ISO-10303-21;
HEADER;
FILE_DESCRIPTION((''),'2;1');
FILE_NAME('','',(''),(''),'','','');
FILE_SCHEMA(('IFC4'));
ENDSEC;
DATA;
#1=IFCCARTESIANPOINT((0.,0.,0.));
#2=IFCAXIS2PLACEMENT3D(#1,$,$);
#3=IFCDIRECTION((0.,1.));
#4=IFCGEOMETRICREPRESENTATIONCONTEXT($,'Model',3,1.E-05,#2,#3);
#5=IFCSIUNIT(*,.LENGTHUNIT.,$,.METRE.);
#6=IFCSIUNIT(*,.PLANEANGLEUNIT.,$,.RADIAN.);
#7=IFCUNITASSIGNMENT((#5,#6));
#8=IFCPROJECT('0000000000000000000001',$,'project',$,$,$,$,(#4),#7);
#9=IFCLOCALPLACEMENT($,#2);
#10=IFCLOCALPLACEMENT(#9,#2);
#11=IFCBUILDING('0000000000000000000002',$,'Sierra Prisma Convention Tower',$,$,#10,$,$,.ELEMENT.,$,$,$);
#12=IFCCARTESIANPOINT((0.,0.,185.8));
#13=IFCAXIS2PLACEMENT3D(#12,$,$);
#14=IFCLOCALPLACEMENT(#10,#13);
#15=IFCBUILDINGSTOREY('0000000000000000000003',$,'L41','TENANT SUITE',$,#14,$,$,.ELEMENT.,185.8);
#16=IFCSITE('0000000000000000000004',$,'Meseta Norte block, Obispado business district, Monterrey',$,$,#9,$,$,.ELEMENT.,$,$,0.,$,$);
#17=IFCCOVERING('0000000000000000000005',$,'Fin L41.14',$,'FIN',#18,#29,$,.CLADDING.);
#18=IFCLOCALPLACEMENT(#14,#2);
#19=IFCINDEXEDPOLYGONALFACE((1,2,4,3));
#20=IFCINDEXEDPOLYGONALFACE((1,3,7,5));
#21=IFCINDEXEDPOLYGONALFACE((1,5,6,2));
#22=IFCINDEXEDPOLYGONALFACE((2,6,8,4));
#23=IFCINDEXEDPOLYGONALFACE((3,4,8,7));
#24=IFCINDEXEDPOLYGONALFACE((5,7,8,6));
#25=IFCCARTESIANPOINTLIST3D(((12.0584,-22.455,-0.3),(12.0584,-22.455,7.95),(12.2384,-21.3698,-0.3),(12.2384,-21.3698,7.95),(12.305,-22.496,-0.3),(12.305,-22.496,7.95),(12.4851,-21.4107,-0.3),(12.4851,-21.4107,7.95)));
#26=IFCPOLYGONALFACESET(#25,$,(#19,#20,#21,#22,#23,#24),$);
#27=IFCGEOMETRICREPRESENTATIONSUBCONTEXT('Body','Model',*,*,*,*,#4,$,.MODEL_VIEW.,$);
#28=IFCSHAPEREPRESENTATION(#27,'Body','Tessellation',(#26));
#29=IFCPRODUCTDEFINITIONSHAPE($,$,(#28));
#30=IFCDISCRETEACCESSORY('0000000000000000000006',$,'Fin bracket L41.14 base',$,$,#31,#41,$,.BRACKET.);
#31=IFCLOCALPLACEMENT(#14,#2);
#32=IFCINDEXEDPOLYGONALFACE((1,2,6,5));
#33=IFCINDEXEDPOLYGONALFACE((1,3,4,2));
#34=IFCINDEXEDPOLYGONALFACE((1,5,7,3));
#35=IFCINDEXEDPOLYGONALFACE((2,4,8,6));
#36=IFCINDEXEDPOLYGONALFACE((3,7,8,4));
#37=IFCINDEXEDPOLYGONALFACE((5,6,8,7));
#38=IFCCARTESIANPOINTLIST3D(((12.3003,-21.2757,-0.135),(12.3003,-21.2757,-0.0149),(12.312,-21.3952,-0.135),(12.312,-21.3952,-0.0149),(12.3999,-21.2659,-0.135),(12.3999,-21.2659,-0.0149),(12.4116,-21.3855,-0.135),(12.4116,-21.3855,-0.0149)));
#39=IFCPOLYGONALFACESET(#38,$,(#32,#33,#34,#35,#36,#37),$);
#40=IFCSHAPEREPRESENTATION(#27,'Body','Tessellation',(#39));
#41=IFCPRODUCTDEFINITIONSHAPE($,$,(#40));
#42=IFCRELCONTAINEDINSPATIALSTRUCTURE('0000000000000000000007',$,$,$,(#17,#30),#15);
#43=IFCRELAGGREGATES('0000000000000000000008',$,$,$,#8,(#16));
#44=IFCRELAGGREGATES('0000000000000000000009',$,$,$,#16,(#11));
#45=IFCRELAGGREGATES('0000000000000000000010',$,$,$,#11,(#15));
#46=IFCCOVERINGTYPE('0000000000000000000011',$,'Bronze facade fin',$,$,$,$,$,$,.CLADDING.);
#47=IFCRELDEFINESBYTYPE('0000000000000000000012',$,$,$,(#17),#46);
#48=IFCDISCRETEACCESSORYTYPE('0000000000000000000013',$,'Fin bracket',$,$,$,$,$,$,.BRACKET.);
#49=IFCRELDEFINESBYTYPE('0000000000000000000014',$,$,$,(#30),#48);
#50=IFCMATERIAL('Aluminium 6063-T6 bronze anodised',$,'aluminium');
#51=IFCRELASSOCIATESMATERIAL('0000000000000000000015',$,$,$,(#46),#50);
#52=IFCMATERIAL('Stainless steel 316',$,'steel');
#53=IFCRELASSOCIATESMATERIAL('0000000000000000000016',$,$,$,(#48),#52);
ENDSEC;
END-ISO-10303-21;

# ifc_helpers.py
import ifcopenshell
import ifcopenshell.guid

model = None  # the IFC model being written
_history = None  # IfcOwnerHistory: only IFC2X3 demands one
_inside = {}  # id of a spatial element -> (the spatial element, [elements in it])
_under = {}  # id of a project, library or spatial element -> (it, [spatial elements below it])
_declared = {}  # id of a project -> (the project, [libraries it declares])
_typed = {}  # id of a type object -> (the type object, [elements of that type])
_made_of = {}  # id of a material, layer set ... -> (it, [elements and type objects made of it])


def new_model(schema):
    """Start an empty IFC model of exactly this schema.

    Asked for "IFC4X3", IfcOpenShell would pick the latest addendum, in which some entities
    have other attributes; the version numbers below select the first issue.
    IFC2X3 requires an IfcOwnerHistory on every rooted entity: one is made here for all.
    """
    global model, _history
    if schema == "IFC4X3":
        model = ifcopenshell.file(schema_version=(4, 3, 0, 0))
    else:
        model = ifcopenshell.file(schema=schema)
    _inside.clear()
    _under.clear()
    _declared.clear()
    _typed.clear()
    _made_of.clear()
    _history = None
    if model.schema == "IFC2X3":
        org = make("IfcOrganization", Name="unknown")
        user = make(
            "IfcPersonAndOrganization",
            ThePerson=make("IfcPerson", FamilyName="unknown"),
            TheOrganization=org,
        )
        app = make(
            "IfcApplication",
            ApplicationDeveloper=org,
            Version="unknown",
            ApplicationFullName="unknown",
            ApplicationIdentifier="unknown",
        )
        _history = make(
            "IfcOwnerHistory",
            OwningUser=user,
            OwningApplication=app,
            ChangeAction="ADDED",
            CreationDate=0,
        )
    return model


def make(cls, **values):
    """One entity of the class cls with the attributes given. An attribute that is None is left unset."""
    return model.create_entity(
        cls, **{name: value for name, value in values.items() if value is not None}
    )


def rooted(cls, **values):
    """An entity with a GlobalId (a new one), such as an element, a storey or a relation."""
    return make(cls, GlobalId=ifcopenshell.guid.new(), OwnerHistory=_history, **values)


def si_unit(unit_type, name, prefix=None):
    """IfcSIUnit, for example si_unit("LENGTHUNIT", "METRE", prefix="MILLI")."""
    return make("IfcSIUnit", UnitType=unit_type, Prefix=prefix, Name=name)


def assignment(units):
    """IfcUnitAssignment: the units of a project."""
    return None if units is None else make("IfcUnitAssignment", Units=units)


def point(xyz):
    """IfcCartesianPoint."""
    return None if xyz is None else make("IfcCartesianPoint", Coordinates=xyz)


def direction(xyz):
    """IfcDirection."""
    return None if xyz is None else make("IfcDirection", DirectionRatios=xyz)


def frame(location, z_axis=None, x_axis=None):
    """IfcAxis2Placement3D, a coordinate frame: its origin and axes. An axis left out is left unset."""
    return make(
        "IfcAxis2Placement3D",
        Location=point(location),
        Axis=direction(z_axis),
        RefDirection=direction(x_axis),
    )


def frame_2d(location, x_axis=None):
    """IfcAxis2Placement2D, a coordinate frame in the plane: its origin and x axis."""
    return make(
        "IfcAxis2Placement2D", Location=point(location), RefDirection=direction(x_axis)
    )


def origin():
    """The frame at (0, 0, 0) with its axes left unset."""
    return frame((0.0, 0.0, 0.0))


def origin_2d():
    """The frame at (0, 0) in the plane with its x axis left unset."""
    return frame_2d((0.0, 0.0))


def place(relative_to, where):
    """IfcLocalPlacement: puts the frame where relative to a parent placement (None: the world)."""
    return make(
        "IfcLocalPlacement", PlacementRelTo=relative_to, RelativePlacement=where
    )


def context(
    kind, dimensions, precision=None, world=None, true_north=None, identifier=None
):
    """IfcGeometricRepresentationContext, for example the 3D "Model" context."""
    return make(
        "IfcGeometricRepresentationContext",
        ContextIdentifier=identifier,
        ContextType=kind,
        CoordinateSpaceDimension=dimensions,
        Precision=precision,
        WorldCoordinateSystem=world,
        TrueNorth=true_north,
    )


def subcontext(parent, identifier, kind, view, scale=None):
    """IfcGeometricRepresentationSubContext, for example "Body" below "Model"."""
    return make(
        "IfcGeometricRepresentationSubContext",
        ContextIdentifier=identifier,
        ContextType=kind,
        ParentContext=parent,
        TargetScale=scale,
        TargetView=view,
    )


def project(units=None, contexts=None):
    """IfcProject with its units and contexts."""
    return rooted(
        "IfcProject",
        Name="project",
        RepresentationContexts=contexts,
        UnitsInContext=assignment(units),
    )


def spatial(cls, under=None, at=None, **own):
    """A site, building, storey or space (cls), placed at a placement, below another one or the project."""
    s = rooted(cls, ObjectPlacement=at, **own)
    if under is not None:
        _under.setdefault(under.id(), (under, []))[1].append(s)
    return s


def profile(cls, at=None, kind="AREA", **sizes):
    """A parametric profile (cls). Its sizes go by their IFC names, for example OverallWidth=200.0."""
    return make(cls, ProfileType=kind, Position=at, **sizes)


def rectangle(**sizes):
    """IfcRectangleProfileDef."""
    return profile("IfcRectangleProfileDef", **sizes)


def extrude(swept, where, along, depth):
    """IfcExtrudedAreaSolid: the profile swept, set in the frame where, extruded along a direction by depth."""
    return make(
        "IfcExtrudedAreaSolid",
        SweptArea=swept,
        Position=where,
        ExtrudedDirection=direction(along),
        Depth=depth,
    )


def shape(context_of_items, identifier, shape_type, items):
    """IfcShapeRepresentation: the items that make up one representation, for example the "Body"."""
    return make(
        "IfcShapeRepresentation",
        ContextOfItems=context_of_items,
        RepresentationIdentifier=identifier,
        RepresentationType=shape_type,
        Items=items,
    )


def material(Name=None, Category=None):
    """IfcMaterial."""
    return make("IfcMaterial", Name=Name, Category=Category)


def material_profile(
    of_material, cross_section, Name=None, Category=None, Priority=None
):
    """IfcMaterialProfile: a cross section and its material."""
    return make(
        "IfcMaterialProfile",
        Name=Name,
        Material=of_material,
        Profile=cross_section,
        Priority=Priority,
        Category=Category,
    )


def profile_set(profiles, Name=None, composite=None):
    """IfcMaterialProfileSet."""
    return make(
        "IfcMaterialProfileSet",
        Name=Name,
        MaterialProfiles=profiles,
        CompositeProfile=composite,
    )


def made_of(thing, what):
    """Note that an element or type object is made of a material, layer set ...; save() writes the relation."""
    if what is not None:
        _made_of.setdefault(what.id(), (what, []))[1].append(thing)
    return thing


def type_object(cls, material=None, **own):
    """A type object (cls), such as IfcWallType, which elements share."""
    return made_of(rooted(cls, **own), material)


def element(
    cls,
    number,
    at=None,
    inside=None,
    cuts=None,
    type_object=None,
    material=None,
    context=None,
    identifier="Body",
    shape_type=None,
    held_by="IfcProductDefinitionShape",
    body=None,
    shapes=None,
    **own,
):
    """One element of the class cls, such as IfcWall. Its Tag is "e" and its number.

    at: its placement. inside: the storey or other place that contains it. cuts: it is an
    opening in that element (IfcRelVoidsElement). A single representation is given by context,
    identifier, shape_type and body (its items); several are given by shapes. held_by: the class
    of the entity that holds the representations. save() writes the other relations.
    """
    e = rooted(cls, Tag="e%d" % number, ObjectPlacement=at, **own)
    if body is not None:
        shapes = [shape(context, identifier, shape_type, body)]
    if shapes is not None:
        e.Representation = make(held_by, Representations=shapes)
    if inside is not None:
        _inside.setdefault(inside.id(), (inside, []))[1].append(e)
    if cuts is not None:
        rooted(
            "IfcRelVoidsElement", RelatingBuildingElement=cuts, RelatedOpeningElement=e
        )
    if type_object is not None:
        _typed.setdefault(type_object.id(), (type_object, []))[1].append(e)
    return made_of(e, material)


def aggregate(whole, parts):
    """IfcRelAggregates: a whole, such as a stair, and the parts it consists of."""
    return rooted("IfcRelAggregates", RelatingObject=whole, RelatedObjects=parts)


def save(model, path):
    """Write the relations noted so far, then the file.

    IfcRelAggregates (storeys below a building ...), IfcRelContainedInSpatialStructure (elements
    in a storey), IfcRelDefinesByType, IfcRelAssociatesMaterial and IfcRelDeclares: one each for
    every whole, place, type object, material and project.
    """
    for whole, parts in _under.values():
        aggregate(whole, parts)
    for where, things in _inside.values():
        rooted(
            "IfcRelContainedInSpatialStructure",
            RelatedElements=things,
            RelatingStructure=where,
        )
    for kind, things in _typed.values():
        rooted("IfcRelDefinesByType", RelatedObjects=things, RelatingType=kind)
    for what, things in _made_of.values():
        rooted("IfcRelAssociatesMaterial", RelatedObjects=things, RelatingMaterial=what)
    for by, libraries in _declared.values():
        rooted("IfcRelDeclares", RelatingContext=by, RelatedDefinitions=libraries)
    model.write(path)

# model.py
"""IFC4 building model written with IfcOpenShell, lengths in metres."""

from ifc_helpers import new_model, si_unit, direction, frame, origin, origin_2d, place, context, subcontext, project, spatial, rectangle, extrude, material, material_profile, profile_set, type_object, element, save


model = new_model("IFC4")

# Units and contexts
model_context = context("Model", 3, precision=1e-05, world=origin(), true_north=direction((0.0, 1.0)))
body_context = subcontext(model_context, "Body", "Model", "MODEL_VIEW")
ifc_project = project(units=[si_unit("LENGTHUNIT", "METRE"), si_unit("PLANEANGLEUNIT", "RADIAN")], contexts=[model_context])

# Site, building, storey
site_placement = place(None, origin())
site = spatial("IfcSite", under=ifc_project, at=site_placement, Name="Meseta Norte block, Obispado business district, Monterrey", CompositionType="ELEMENT", RefElevation=0.0)
building_placement = place(site_placement, origin())
building = spatial("IfcBuilding", under=site, at=building_placement, Name="Sierra Prisma Convention Tower", CompositionType="ELEMENT")
storey_placement = place(building_placement, frame((0.0, 0.0, 185.8)))
storey = spatial("IfcBuildingStorey", under=building, at=storey_placement, Name="L41", Description="TENANT SUITE", CompositionType="ELEMENT", Elevation=185.8)

# Covering
ifc_material_1 = material(Name="Aluminium 6063-T6 bronze anodised", Category="aluminium")
ifc_material_profile_1 = material_profile(ifc_material_1, rectangle(XDim=1.1001, YDim=0.25, at=origin_2d()), Name="ALU FIN 1100x250")
ifc_profile_set_1 = profile_set([ifc_material_profile_1], Name="Aluminium 6063-T6 bronze anodised")
covering_type = type_object("IfcCoveringType", Name="Bronze facade fin", PredefinedType="CLADDING", material=ifc_profile_set_1)
covering_placement = place(storey_placement, frame((12.2717, -21.9329, -0.3), z_axis=(0.0, 0.0, 1.0), x_axis=(-0.163648, -0.986519, 0.0)))
element("IfcCovering", 1, at=covering_placement, inside=storey, type_object=covering_type, Name="Fin L41.14", ObjectType="FIN", PredefinedType="CLADDING", context=body_context, shape_type="SweptSolid", body=[
    extrude(rectangle(XDim=1.1001, YDim=0.25, at=origin_2d()), origin(), (0.0, 0.0, 1.0), 8.25),
])

# Discrete accessory
ifc_material_2 = material(Name="Stainless steel 316", Category="steel")
discrete_accessory_type = type_object("IfcDiscreteAccessoryType", Name="Fin bracket", PredefinedType="BRACKET", material=ifc_material_2)
discrete_accessory_placement = place(storey_placement, frame((12.356, -21.3306, -0.135), z_axis=(0.0, 0.0, 1.0), x_axis=(0.097258, -0.995259, 0.0)))
element("IfcDiscreteAccessory", 2, at=discrete_accessory_placement, inside=storey, type_object=discrete_accessory_type, Name="Fin bracket L41.14 base", PredefinedType="BRACKET", context=body_context, shape_type="SweptSolid", body=[
    extrude(rectangle(XDim=0.1201, YDim=0.1001, at=origin_2d()), origin(), (0.0, 0.0, 1.0), 0.1201),
])

save(model, "model.ifc")
